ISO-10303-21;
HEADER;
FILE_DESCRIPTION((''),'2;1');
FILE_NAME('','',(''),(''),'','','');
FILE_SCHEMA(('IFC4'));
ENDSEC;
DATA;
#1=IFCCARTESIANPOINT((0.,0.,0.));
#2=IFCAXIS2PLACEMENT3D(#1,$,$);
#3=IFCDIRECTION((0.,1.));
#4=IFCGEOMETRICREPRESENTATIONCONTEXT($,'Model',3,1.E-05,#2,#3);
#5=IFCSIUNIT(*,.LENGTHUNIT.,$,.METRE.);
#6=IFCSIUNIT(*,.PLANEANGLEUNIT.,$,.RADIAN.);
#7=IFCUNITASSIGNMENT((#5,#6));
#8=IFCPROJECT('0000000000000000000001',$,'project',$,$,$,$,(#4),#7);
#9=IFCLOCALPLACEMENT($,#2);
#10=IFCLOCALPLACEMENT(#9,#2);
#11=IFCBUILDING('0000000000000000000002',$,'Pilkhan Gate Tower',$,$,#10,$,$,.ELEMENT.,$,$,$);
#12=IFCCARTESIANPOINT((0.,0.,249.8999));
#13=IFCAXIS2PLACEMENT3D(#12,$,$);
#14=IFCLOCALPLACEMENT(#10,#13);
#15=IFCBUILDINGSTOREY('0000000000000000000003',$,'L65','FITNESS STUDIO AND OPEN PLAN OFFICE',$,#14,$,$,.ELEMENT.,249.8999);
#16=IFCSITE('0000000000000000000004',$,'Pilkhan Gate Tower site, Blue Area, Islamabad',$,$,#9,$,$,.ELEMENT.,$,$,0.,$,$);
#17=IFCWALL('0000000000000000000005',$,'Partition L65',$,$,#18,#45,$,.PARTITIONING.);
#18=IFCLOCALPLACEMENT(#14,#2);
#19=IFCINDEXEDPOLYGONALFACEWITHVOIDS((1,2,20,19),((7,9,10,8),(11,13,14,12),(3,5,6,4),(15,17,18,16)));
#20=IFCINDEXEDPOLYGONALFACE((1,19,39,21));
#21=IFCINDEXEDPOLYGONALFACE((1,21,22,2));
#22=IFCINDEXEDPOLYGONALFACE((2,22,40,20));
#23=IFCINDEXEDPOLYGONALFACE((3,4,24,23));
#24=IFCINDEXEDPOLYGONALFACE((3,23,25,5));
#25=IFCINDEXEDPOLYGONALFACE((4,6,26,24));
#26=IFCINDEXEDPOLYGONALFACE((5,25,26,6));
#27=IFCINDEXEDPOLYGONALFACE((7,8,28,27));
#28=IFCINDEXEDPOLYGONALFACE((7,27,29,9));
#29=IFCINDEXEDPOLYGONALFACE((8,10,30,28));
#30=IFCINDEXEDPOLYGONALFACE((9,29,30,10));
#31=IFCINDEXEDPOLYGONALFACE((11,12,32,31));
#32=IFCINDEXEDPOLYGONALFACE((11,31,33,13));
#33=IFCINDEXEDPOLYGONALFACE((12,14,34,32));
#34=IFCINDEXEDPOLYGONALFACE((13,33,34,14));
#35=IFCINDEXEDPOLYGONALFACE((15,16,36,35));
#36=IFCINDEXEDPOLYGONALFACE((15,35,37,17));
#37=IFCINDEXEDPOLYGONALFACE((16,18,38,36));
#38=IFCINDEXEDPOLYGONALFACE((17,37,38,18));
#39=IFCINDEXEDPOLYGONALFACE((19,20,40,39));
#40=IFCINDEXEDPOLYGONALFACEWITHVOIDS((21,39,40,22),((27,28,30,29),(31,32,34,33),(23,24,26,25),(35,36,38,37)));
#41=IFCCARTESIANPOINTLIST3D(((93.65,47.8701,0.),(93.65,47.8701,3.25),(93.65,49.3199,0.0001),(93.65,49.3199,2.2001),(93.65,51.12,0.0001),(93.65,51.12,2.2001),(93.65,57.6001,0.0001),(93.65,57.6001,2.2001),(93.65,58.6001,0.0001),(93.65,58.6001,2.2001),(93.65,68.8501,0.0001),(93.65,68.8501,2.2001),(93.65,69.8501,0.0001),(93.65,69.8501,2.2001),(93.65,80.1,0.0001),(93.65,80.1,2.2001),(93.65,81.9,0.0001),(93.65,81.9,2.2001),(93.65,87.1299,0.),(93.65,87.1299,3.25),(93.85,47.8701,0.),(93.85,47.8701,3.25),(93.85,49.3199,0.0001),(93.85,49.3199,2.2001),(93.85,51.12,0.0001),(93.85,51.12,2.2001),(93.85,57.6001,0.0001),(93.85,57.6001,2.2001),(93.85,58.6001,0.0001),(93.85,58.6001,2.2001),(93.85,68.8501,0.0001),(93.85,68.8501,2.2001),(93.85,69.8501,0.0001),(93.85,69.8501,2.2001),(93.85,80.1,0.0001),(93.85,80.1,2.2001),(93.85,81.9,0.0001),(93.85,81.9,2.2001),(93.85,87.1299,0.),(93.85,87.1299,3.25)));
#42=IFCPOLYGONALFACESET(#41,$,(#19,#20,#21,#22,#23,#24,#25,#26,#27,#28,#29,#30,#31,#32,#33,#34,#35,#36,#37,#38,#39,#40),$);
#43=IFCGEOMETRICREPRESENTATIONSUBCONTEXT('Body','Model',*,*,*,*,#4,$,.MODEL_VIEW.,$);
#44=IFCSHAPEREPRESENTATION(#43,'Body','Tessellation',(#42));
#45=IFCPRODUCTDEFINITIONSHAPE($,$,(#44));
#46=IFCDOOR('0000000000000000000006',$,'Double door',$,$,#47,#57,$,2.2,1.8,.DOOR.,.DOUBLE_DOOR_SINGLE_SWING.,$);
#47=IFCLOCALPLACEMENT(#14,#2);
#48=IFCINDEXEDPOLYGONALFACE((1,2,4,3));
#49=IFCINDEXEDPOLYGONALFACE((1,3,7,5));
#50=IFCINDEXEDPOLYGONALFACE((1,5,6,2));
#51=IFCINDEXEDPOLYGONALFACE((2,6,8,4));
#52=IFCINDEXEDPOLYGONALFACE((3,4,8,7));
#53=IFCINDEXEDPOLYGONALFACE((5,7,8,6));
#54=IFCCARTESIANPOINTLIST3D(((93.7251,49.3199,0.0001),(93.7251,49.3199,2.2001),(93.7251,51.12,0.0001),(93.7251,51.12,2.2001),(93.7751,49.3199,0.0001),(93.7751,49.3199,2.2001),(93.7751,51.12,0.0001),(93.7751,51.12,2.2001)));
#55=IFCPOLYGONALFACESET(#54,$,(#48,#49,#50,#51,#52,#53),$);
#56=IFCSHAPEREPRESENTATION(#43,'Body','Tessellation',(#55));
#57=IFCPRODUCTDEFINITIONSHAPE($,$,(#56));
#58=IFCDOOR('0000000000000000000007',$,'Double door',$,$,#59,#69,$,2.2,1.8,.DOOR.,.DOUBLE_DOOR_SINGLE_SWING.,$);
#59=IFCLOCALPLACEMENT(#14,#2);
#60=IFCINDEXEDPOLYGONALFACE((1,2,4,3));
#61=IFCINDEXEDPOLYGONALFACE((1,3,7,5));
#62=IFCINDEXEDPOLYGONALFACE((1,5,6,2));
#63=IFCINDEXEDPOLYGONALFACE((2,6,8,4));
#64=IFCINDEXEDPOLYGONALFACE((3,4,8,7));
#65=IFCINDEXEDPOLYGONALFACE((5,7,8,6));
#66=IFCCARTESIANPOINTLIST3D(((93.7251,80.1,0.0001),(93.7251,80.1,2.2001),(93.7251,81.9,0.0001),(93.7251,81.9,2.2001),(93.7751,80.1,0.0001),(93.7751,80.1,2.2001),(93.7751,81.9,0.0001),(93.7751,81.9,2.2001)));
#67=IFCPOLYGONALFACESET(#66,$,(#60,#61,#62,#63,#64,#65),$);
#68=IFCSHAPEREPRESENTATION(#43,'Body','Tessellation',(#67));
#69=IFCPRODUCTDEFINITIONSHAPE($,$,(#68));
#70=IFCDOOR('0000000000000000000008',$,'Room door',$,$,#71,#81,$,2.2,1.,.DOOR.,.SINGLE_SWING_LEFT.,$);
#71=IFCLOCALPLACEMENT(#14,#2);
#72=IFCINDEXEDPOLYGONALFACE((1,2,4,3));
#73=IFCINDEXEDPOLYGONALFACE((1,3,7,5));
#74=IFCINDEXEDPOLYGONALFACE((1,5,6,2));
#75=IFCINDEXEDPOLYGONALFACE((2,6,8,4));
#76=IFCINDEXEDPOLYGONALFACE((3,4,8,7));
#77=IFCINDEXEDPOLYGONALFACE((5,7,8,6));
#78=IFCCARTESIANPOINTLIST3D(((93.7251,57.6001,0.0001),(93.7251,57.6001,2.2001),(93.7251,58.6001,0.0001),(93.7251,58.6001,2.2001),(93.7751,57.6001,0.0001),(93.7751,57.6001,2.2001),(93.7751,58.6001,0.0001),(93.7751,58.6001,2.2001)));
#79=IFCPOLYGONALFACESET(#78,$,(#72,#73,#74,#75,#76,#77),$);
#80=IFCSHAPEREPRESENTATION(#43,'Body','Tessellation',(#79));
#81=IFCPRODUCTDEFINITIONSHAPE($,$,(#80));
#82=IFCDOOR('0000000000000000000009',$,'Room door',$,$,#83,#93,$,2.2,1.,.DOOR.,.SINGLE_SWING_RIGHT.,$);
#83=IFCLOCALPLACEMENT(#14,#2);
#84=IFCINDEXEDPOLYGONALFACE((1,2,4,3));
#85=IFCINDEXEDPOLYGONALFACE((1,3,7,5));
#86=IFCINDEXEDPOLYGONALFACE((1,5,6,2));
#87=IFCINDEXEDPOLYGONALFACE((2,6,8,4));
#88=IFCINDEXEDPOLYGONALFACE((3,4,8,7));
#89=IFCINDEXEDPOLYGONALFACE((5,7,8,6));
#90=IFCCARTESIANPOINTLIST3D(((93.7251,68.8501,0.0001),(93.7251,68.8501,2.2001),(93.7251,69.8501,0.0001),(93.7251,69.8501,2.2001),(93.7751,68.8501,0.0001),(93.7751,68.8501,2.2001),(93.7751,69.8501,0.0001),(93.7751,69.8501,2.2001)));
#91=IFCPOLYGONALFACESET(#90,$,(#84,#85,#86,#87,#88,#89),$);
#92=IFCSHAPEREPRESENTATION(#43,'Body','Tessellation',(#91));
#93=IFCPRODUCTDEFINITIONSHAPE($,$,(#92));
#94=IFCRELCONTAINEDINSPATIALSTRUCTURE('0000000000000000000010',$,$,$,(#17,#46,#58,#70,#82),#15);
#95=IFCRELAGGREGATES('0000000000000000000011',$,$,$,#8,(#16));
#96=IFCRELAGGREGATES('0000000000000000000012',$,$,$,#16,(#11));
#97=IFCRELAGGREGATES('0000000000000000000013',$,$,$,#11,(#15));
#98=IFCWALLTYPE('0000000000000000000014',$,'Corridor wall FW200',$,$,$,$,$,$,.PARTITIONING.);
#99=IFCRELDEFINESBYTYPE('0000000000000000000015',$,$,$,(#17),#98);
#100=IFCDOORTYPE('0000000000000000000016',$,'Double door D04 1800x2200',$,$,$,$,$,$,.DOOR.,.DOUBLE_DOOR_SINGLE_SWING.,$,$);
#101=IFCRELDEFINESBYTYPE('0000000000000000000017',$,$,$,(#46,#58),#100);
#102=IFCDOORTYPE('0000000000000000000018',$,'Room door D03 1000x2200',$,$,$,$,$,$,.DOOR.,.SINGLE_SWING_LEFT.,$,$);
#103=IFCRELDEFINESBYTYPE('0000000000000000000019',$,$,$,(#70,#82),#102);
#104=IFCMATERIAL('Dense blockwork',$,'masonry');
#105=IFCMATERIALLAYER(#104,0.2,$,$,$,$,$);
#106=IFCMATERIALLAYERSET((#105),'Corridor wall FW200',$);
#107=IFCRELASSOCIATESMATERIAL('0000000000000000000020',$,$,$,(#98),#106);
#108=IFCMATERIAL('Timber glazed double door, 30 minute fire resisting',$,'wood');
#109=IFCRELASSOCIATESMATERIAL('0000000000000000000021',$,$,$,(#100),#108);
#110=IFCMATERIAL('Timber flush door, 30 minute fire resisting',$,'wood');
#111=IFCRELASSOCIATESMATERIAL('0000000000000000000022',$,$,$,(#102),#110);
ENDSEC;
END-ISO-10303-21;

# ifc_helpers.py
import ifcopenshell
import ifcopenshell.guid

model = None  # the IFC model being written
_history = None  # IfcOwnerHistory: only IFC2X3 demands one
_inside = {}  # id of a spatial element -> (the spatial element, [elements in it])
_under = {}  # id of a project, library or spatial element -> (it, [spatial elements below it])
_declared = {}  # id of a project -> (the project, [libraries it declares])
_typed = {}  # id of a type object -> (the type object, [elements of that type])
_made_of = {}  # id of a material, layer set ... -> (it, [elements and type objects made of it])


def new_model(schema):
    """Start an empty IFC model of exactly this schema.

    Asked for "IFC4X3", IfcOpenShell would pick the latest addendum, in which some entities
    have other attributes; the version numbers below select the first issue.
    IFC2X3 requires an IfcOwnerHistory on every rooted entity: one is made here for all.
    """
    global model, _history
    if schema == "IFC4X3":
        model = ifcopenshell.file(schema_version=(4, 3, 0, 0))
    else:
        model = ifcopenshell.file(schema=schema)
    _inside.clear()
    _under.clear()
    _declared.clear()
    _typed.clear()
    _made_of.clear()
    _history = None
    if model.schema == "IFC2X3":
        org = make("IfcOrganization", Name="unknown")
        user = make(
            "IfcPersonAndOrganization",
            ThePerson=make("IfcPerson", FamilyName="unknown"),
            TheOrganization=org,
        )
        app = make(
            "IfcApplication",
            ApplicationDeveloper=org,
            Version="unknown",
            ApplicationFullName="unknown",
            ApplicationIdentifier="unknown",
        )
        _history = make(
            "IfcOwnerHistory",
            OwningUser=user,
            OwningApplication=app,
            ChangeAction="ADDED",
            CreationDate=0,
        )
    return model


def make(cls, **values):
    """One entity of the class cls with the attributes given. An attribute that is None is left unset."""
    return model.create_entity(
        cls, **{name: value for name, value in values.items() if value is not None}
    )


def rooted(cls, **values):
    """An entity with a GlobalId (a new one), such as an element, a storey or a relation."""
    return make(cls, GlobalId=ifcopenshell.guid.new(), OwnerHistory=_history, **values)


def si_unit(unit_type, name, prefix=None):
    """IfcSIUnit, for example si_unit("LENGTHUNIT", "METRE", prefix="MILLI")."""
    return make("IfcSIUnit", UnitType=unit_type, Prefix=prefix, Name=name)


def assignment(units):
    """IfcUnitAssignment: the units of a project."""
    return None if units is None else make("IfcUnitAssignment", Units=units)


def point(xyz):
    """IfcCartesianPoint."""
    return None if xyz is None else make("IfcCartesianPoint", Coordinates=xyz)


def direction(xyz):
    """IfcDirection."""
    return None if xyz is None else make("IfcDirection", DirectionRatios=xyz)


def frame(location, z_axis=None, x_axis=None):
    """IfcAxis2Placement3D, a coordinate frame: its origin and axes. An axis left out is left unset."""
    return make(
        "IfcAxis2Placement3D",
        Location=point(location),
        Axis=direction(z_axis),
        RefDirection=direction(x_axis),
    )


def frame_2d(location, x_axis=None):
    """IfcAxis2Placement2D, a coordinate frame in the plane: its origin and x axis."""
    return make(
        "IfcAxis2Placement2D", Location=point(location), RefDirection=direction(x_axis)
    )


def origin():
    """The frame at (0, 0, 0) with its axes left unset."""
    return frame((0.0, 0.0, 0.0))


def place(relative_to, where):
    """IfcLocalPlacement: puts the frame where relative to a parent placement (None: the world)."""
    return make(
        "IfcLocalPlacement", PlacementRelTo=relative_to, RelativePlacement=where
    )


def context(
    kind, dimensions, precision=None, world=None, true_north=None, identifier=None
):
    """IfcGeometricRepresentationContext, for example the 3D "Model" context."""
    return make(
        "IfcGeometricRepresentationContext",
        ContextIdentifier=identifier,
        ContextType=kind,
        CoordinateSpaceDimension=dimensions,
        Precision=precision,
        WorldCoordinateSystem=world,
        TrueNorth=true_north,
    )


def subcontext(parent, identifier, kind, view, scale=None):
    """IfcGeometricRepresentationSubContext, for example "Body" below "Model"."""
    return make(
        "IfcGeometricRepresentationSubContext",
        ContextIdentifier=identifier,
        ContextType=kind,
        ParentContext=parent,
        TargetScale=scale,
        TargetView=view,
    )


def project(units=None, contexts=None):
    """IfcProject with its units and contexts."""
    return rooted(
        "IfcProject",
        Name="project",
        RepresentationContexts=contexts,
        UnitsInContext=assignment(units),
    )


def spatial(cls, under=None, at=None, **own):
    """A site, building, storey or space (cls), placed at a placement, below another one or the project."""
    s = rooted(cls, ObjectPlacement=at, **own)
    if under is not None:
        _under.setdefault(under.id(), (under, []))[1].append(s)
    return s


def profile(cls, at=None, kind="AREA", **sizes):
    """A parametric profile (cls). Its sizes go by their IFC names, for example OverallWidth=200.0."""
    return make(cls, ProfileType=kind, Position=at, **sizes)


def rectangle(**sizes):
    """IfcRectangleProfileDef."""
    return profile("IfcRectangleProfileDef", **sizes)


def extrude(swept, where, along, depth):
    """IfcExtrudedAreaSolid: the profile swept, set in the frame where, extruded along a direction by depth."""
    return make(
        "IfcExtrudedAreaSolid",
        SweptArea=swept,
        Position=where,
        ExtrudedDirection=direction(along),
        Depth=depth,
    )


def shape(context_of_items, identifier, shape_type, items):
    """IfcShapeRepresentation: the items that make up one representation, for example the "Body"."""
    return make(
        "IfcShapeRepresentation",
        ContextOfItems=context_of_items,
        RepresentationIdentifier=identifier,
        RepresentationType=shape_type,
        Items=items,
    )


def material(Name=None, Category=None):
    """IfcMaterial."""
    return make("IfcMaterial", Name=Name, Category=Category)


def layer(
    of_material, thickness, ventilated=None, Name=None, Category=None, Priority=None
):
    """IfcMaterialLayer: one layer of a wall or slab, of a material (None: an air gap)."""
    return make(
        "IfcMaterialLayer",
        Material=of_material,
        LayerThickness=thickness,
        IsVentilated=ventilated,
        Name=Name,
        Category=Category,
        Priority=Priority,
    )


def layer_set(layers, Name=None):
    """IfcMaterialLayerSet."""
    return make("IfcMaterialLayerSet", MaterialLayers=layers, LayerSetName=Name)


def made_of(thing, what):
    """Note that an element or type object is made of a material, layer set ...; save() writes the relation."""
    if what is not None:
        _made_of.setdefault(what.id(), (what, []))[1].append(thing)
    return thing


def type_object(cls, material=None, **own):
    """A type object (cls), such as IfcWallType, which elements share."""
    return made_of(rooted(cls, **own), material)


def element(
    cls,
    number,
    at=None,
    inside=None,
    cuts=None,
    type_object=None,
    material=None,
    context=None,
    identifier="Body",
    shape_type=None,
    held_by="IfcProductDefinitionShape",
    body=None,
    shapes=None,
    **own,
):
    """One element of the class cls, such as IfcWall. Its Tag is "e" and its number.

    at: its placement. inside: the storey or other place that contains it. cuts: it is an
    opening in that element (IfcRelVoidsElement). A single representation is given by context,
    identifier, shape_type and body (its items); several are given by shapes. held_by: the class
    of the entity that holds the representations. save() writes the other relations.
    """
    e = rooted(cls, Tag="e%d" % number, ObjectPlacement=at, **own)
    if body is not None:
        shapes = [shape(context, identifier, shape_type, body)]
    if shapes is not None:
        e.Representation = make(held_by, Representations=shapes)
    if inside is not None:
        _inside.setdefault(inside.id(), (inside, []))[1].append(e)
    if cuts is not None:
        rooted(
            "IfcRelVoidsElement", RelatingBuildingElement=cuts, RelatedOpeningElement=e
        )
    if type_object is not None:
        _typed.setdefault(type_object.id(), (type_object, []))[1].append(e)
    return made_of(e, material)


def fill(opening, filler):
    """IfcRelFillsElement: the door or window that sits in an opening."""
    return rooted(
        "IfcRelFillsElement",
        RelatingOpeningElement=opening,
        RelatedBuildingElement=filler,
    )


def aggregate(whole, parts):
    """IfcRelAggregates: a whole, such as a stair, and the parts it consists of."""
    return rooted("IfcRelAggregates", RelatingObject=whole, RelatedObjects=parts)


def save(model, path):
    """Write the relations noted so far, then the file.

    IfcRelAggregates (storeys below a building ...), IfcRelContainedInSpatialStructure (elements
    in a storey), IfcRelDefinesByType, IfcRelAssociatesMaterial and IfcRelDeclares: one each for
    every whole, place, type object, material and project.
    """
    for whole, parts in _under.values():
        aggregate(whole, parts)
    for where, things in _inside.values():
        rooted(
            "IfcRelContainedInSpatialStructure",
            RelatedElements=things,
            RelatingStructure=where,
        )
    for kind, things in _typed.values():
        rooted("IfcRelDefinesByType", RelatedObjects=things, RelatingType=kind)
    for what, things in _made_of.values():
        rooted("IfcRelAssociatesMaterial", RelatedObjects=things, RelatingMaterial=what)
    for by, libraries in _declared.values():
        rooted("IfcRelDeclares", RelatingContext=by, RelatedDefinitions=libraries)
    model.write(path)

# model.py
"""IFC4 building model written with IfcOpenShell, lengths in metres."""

from ifc_helpers import new_model, si_unit, direction, frame, frame_2d, origin, place, context, subcontext, project, spatial, rectangle, extrude, material, layer, layer_set, type_object, element, fill, save


model = new_model("IFC4")

# Units and contexts
model_context = context("Model", 3, precision=1e-05, world=origin(), true_north=direction((0.0, 1.0)))
body_context = subcontext(model_context, "Body", "Model", "MODEL_VIEW")
ifc_project = project(units=[si_unit("LENGTHUNIT", "METRE"), si_unit("PLANEANGLEUNIT", "RADIAN")], contexts=[model_context])

# Site, building, storey
site_placement = place(None, origin())
site = spatial("IfcSite", under=ifc_project, at=site_placement, Name="Pilkhan Gate Tower site, Blue Area, Islamabad", CompositionType="ELEMENT", RefElevation=0.0)
building_placement = place(site_placement, origin())
building = spatial("IfcBuilding", under=site, at=building_placement, Name="Pilkhan Gate Tower", CompositionType="ELEMENT")
storey_placement = place(building_placement, frame((0.0, 0.0, 249.8999)))
storey = spatial("IfcBuildingStorey", under=building, at=storey_placement, Name="L65", Description="FITNESS STUDIO AND OPEN PLAN OFFICE", CompositionType="ELEMENT", Elevation=249.8999)

# Shared definitions
ifc_material_1 = material(Name="Dense blockwork", Category="masonry")
ifc_layer_1 = layer(ifc_material_1, 0.2)
ifc_layer_set_1 = layer_set([ifc_layer_1], Name="Corridor wall FW200")
wall_type = type_object("IfcWallType", Name="Corridor wall FW200", PredefinedType="PARTITIONING", material=ifc_layer_set_1)

# Wall, openings, doors
wall_1_placement = place(storey_placement, frame((93.75, 47.8701, 0.0), z_axis=(0.0, 0.0, 1.0), x_axis=(0.0, 1.0, 0.0)))
wall_1 = element("IfcWall", 1, at=wall_1_placement, inside=storey, type_object=wall_type, Name="Partition L65", PredefinedType="PARTITIONING", context=body_context, shape_type="SweptSolid", body=[
    extrude(rectangle(XDim=39.2598, YDim=0.2, at=frame_2d((19.6299, 0.0))), origin(), (0.0, 0.0, 1.0), 3.25),
])
opening_1_placement = place(wall_1_placement, frame((1.45, 0.0, 0.0)))
opening_1 = element("IfcOpeningElement", 2, at=opening_1_placement, cuts=wall_1, PredefinedType="OPENING", context=body_context, shape_type="SweptSolid", body=[
    extrude(rectangle(XDim=1.8, YDim=2.2, at=frame_2d((0.8999, 1.1001))), frame((0.0, 0.1099, 0.0), z_axis=(0.0, -1.0, 0.0), x_axis=(1.0, 0.0, 0.0)), (0.0, 0.0, 1.0), 0.22),
])
opening_2_placement = place(wall_1_placement, frame((9.73, 0.0, 0.0)))
opening_2 = element("IfcOpeningElement", 3, at=opening_2_placement, cuts=wall_1, PredefinedType="OPENING", context=body_context, shape_type="SweptSolid", body=[
    extrude(rectangle(XDim=1.0, YDim=2.2, at=frame_2d((0.5, 1.1001))), frame((0.0, 0.1099, 0.0), z_axis=(0.0, -1.0, 0.0), x_axis=(1.0, 0.0, 0.0)), (0.0, 0.0, 1.0), 0.22),
])
opening_3_placement = place(wall_1_placement, frame((20.98, 0.0, 0.0)))
opening_3 = element("IfcOpeningElement", 4, at=opening_3_placement, cuts=wall_1, PredefinedType="OPENING", context=body_context, shape_type="SweptSolid", body=[
    extrude(rectangle(XDim=1.0, YDim=2.2, at=frame_2d((0.5, 1.1001))), frame((0.0, 0.1099, 0.0), z_axis=(0.0, -1.0, 0.0), x_axis=(1.0, 0.0, 0.0)), (0.0, 0.0, 1.0), 0.22),
])
opening_4_placement = place(wall_1_placement, frame((32.23, 0.0, 0.0)))
opening_4 = element("IfcOpeningElement", 5, at=opening_4_placement, cuts=wall_1, PredefinedType="OPENING", context=body_context, shape_type="SweptSolid", body=[
    extrude(rectangle(XDim=1.8, YDim=2.2, at=frame_2d((0.8999, 1.1001))), frame((0.0, 0.1099, 0.0), z_axis=(0.0, -1.0, 0.0), x_axis=(1.0, 0.0, 0.0)), (0.0, 0.0, 1.0), 0.22),
])
ifc_material_2 = material(Name="Timber glazed double door, 30 minute fire resisting", Category="wood")
door_type_1 = type_object("IfcDoorType", Name="Double door D04 1800x2200", OperationType="DOUBLE_DOOR_SINGLE_SWING", PredefinedType="DOOR", material=ifc_material_2)
door_1_placement = place(opening_1_placement, origin())
door_1 = element("IfcDoor", 6, at=door_1_placement, inside=storey, type_object=door_type_1, Name="Double door", OperationType="DOUBLE_DOOR_SINGLE_SWING", OverallHeight=2.2, OverallWidth=1.8, PredefinedType="DOOR", context=body_context, shape_type="SweptSolid", body=[
    extrude(rectangle(XDim=1.8, YDim=2.2, at=frame_2d((0.8999, 1.1001))), frame((0.0, 0.0249, 0.0), z_axis=(0.0, -1.0, 0.0), x_axis=(1.0, 0.0, 0.0)), (0.0, 0.0, 1.0), 0.05),
])
fill(opening_1, door_1)
door_2_placement = place(opening_4_placement, origin())
door_2 = element("IfcDoor", 7, at=door_2_placement, inside=storey, type_object=door_type_1, Name="Double door", OperationType="DOUBLE_DOOR_SINGLE_SWING", OverallHeight=2.2, OverallWidth=1.8, PredefinedType="DOOR", context=body_context, shape_type="SweptSolid", body=[
    extrude(rectangle(XDim=1.8, YDim=2.2, at=frame_2d((0.8999, 1.1001))), frame((0.0, 0.0249, 0.0), z_axis=(0.0, -1.0, 0.0), x_axis=(1.0, 0.0, 0.0)), (0.0, 0.0, 1.0), 0.05),
])
fill(opening_4, door_2)
ifc_material_3 = material(Name="Timber flush door, 30 minute fire resisting", Category="wood")
door_type_2 = type_object("IfcDoorType", Name="Room door D03 1000x2200", OperationType="SINGLE_SWING_LEFT", PredefinedType="DOOR", material=ifc_material_3)
door_3_placement = place(opening_2_placement, origin())
door_3 = element("IfcDoor", 8, at=door_3_placement, inside=storey, type_object=door_type_2, Name="Room door", OperationType="SINGLE_SWING_LEFT", OverallHeight=2.2, OverallWidth=1.0, PredefinedType="DOOR", context=body_context, shape_type="SweptSolid", body=[
    extrude(rectangle(XDim=1.0, YDim=2.2, at=frame_2d((0.5, 1.1001))), frame((0.0, 0.0249, 0.0), z_axis=(0.0, -1.0, 0.0), x_axis=(1.0, 0.0, 0.0)), (0.0, 0.0, 1.0), 0.05),
])
fill(opening_2, door_3)
door_4_placement = place(opening_3_placement, origin())
door_4 = element("IfcDoor", 9, at=door_4_placement, inside=storey, type_object=door_type_2, Name="Room door", OperationType="SINGLE_SWING_RIGHT", OverallHeight=2.2, OverallWidth=1.0, PredefinedType="DOOR", context=body_context, shape_type="SweptSolid", body=[
    extrude(rectangle(XDim=1.0, YDim=2.2, at=frame_2d((0.5, 1.1001))), frame((0.0, 0.0249, 0.0), z_axis=(0.0, -1.0, 0.0), x_axis=(1.0, 0.0, 0.0)), (0.0, 0.0, 1.0), 0.05),
])
fill(opening_3, door_4)

save(model, "model.ifc")
